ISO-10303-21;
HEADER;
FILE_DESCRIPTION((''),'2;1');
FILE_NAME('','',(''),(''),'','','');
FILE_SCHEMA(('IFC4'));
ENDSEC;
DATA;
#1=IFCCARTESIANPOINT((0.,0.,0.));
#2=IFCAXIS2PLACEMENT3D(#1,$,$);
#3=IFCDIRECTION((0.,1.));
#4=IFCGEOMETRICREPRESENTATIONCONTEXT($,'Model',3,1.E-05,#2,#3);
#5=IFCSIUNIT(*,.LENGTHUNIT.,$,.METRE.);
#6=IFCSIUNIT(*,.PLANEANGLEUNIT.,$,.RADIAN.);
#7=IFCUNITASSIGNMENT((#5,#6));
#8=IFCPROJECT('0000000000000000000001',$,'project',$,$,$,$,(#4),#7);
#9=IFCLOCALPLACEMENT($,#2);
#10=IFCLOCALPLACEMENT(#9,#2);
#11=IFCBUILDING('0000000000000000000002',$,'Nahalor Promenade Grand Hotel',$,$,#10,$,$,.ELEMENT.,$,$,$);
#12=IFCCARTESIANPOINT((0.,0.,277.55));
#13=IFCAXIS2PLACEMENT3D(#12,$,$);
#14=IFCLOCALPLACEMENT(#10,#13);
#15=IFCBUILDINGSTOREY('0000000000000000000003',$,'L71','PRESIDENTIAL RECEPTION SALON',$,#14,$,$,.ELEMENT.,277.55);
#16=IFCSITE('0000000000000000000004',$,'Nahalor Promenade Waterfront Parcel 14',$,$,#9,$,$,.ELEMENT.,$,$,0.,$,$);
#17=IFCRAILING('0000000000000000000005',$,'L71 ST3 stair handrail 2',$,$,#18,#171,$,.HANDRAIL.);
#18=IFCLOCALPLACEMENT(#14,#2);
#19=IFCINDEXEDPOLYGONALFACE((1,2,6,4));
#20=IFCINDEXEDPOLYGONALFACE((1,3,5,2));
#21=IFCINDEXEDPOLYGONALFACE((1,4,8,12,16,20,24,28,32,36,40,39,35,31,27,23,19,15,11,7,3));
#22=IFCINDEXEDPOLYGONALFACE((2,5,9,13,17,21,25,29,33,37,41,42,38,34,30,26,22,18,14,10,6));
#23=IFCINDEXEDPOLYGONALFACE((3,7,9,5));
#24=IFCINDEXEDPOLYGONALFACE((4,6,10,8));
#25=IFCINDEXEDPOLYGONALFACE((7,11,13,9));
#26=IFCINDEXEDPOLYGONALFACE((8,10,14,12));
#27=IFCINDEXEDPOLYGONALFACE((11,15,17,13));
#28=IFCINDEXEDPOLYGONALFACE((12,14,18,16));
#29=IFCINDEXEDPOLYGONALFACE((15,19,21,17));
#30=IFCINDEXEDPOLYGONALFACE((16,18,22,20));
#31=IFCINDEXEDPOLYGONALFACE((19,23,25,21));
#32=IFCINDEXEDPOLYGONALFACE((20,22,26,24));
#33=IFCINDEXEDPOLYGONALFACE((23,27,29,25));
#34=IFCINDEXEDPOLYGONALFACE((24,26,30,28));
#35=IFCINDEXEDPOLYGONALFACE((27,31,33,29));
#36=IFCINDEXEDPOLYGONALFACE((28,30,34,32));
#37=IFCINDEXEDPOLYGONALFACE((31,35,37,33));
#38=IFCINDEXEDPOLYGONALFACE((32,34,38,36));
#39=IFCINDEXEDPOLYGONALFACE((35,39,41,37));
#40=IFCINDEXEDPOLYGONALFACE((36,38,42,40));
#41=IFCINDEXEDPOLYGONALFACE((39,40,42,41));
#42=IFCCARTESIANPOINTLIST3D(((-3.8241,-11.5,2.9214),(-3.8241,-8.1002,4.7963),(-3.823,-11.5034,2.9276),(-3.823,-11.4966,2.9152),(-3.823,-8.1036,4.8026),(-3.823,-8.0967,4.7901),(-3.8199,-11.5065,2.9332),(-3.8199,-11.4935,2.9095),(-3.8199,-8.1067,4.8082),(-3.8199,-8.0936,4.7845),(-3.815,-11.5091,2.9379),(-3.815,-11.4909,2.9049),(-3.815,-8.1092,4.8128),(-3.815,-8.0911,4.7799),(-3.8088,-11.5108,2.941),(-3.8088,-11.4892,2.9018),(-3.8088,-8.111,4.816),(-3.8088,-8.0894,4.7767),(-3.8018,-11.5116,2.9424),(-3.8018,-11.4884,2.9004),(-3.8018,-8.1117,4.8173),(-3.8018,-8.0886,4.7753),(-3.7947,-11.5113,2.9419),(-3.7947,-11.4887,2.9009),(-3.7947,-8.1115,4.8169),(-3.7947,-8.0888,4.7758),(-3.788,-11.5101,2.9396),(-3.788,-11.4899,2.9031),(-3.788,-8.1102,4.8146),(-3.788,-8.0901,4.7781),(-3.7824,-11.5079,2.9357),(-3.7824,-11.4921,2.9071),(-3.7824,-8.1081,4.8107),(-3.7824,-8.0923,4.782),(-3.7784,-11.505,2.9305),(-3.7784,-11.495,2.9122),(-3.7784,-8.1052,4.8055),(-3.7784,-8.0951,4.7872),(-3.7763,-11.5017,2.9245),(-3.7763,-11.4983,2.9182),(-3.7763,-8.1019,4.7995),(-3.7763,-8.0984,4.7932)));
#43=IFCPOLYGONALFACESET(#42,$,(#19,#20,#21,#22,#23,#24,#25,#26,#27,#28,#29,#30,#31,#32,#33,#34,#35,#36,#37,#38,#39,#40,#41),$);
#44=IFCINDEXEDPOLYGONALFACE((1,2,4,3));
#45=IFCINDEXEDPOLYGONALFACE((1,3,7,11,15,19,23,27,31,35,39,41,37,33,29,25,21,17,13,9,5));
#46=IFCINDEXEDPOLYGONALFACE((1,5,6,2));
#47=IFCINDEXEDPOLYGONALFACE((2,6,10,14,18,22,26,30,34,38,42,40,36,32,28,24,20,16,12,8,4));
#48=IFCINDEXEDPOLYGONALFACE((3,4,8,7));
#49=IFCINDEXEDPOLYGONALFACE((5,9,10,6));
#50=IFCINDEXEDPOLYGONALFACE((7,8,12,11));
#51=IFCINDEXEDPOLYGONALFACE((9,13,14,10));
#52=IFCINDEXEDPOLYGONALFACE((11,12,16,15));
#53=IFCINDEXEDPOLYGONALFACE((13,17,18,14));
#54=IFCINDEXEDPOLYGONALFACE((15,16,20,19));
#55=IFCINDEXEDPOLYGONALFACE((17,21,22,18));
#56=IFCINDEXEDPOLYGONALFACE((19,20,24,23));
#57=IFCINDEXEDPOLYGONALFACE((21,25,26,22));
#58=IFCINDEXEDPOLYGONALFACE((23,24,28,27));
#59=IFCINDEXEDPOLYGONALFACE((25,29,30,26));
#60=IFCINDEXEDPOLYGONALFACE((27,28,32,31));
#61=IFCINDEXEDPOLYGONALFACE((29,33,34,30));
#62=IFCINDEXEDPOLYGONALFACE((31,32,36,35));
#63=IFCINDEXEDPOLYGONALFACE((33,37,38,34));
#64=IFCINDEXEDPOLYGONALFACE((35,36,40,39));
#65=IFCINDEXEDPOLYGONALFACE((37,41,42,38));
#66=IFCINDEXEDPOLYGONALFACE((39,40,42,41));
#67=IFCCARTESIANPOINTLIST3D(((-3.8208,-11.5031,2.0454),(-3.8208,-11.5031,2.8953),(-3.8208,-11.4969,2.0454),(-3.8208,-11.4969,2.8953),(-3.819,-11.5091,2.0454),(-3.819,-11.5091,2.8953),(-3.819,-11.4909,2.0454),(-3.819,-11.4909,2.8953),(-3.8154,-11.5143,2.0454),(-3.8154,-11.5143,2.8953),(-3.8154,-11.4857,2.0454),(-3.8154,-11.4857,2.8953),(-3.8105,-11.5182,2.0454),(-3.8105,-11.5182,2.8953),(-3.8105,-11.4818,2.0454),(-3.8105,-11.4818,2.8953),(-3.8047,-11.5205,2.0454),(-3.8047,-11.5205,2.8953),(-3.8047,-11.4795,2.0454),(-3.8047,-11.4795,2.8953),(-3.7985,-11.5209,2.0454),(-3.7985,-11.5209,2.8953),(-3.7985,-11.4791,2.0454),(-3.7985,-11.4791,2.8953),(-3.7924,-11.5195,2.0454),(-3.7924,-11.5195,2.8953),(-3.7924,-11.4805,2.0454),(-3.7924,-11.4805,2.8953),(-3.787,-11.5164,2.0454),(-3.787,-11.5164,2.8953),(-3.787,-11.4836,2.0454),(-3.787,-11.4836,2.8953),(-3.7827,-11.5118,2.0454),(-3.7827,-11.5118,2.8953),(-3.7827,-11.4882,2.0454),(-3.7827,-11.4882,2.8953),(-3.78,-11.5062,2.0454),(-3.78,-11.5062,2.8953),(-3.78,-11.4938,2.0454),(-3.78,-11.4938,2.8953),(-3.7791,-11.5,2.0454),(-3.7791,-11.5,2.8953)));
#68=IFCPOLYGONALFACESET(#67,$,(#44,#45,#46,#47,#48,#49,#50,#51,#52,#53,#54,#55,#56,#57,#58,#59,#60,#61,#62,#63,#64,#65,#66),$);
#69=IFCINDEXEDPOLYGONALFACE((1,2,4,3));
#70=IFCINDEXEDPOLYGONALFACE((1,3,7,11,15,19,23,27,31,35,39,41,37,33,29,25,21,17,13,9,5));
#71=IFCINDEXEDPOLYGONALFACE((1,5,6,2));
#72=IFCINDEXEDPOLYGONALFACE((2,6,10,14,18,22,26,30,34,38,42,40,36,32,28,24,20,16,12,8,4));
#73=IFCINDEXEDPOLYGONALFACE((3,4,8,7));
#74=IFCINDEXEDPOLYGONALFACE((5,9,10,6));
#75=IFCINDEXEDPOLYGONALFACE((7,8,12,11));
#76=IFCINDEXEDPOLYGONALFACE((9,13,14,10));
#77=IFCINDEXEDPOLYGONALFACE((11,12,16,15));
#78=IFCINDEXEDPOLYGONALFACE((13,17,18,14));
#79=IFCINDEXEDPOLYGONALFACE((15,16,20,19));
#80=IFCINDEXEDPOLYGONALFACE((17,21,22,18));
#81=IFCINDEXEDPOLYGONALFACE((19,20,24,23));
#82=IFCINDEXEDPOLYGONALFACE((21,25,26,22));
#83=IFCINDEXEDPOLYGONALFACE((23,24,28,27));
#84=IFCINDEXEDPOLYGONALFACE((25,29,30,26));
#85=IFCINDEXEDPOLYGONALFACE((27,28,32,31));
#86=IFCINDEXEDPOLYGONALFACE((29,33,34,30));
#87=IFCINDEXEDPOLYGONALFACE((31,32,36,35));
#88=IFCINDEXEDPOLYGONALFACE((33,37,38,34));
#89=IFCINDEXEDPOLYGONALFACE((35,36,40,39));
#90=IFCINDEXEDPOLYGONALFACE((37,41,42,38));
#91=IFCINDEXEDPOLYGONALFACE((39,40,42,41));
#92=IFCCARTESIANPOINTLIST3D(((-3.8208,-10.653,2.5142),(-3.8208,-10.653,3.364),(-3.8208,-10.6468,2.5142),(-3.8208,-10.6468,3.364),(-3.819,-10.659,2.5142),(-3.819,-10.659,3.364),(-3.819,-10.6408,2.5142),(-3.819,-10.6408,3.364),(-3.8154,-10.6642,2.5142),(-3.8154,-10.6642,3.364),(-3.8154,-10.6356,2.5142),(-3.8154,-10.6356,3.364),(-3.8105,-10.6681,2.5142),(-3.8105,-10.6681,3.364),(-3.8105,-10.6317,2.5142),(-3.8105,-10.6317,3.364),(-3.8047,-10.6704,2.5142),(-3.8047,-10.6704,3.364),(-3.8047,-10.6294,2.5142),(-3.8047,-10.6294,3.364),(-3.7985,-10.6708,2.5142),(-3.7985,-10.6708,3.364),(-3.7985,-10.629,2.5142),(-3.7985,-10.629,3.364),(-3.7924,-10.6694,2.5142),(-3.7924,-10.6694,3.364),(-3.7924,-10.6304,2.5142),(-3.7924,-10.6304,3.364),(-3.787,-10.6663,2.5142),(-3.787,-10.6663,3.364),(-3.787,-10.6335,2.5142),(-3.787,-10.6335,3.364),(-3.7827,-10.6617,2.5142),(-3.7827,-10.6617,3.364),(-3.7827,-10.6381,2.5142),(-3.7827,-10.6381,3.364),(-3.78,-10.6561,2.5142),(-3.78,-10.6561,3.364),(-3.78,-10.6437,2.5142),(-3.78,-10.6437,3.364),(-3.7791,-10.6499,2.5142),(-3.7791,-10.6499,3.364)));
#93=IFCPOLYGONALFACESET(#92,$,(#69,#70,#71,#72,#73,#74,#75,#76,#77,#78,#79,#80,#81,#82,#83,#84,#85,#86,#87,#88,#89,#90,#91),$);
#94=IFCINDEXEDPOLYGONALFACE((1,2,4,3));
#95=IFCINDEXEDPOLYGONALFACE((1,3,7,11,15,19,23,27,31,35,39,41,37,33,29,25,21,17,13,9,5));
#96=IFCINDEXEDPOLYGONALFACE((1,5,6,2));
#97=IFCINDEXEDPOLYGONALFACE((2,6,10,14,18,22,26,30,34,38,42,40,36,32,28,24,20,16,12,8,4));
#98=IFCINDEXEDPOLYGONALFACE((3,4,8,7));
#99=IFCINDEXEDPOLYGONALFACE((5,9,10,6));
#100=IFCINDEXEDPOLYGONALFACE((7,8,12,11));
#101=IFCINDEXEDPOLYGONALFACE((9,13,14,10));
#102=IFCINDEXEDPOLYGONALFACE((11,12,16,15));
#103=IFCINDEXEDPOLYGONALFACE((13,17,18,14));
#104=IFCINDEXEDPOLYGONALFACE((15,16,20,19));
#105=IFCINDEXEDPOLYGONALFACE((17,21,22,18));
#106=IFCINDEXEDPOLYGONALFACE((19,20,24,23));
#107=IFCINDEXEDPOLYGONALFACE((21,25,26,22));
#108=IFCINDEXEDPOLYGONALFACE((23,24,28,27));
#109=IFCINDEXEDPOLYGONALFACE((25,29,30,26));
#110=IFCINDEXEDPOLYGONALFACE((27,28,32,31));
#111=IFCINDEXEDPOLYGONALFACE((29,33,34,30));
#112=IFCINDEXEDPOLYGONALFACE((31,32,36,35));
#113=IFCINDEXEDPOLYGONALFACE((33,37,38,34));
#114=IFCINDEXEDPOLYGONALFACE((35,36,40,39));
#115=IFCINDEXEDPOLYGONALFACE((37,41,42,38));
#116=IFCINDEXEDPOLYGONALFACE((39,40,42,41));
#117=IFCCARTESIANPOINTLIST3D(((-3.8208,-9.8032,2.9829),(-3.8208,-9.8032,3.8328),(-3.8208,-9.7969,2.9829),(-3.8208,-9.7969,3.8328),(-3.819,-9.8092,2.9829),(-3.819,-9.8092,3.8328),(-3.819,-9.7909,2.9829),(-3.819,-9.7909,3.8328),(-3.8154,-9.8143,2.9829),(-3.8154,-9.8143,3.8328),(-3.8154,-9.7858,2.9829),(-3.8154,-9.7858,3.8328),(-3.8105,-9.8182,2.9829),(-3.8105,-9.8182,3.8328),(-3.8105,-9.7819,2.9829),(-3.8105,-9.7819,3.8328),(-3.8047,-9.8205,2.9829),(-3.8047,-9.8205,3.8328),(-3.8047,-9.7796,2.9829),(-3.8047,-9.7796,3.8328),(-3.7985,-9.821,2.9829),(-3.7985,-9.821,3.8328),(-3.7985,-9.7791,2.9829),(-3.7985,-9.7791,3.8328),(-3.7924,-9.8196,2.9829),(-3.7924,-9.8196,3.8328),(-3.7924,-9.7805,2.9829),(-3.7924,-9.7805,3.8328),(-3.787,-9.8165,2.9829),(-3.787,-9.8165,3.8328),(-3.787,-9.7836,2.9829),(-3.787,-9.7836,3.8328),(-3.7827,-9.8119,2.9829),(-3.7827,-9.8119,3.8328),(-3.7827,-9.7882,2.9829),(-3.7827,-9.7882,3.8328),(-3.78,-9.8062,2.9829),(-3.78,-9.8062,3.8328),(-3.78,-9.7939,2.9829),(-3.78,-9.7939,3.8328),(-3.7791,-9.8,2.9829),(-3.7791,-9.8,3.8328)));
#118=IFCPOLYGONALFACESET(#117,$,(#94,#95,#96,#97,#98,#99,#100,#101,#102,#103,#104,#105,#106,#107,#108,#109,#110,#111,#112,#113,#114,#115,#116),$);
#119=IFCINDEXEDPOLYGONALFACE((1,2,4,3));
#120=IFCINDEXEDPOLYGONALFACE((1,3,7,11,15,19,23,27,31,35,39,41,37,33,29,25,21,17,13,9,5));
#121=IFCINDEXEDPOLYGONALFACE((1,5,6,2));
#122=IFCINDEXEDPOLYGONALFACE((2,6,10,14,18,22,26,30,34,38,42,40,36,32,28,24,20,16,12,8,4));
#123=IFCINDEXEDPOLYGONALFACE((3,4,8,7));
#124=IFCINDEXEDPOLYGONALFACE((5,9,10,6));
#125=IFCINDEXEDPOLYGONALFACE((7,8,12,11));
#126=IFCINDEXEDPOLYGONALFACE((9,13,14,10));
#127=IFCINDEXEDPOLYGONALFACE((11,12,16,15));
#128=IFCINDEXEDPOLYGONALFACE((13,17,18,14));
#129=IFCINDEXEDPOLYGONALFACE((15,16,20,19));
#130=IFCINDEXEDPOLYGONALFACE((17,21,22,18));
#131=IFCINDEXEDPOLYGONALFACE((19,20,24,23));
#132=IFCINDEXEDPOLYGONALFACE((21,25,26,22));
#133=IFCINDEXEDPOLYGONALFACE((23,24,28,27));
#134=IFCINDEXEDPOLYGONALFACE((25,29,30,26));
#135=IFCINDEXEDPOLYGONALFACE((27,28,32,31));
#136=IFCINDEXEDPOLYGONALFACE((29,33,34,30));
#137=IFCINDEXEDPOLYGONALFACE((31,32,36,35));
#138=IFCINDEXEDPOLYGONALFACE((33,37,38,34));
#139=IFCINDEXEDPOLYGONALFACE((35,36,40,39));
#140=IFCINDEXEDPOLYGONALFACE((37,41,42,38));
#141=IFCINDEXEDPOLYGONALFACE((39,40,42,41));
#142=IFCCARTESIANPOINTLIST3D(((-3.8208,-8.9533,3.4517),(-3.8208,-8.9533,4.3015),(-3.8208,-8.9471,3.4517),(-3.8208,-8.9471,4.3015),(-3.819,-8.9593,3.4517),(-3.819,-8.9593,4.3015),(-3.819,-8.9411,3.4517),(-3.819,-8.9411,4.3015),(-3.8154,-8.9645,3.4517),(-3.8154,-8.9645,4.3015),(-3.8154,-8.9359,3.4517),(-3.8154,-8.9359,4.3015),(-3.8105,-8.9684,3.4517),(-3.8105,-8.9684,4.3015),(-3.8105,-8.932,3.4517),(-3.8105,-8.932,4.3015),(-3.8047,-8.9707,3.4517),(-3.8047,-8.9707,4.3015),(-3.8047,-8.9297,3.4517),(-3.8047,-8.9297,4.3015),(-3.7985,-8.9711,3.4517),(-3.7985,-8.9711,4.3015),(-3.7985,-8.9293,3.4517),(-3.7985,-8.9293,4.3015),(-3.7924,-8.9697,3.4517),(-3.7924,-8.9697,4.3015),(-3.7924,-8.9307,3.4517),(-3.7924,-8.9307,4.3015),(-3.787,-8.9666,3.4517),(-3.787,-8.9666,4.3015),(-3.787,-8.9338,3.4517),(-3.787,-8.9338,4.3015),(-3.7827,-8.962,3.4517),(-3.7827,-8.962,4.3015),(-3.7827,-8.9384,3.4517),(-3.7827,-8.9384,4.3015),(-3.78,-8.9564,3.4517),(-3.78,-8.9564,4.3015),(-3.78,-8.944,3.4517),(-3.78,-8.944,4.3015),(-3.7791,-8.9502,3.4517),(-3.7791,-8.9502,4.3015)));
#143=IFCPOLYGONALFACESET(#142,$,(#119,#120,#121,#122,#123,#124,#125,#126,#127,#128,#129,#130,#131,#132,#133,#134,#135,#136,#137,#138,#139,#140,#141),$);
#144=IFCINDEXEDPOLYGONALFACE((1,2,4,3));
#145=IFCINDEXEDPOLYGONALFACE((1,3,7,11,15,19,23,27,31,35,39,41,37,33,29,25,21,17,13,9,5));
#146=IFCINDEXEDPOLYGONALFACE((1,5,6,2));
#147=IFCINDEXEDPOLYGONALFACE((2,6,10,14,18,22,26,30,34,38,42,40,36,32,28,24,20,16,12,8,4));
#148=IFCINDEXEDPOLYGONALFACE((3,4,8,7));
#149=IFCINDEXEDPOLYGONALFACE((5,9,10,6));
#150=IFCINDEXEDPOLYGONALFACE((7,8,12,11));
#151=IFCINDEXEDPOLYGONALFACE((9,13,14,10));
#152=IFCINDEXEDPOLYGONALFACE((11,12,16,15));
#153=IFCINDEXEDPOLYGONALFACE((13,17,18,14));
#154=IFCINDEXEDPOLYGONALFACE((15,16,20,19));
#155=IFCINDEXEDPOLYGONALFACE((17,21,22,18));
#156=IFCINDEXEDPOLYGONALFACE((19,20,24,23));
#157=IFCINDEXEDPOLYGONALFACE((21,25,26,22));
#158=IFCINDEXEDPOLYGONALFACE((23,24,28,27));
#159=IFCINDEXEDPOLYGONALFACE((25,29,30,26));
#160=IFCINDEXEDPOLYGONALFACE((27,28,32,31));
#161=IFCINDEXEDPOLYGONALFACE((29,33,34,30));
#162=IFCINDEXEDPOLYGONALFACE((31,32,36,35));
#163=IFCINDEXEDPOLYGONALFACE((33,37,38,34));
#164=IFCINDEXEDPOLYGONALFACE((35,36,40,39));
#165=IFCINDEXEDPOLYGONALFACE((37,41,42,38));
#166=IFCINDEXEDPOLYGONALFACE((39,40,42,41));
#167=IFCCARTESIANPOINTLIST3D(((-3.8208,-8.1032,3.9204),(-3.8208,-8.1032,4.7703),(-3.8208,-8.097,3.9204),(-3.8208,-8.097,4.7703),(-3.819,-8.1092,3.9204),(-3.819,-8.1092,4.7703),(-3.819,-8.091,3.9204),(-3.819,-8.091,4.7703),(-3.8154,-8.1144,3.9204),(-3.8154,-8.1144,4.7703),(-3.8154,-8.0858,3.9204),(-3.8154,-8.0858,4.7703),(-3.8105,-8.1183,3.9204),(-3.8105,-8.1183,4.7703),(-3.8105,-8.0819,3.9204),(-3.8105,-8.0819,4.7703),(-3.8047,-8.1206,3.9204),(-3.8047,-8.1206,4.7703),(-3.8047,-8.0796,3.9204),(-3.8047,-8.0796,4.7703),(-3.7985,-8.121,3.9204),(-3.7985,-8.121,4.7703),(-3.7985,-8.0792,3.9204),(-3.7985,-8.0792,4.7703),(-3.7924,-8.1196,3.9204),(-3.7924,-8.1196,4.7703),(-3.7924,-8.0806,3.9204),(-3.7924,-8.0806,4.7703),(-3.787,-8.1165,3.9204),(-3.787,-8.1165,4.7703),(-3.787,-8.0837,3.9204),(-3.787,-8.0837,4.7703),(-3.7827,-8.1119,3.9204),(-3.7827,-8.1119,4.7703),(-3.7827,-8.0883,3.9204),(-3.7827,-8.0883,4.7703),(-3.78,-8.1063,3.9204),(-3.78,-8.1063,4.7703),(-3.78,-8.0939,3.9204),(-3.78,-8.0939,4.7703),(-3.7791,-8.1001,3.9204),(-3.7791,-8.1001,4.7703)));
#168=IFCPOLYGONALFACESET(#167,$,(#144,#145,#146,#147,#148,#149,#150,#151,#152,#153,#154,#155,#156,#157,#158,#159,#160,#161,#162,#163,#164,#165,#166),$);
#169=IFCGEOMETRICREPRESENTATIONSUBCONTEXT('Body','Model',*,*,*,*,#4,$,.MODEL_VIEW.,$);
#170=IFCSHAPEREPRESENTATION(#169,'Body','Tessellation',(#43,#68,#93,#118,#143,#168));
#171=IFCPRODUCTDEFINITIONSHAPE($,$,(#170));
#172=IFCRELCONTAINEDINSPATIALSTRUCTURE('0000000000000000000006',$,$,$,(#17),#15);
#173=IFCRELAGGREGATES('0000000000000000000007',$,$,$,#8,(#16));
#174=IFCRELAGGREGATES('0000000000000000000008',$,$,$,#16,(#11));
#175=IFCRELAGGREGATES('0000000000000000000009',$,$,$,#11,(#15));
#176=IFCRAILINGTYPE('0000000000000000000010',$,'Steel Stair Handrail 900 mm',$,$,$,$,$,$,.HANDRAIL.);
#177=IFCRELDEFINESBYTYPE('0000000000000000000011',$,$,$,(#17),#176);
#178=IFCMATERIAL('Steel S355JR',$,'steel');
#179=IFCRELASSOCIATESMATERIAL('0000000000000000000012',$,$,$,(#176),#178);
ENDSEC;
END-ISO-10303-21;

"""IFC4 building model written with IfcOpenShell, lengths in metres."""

from ifc_helpers import new_model, si_unit, direction, frame, origin, origin_2d, place, context, subcontext, project, spatial, circle, extrude, material, type_object, element, save


model = new_model("IFC4")

# Units and contexts
model_context = context("Model", 3, precision=1e-05, world=origin(), true_north=direction((0.0, 1.0)))
body_context = subcontext(model_context, "Body", "Model", "MODEL_VIEW")
ifc_project = project(units=[si_unit("LENGTHUNIT", "METRE"), si_unit("PLANEANGLEUNIT", "RADIAN")], contexts=[model_context])

# Site, building, storey
site_placement = place(None, origin())
site = spatial("IfcSite", under=ifc_project, at=site_placement, Name="Nahalor Promenade Waterfront Parcel 14", CompositionType="ELEMENT", RefElevation=0.0)
building_placement = place(site_placement, origin())
building = spatial("IfcBuilding", under=site, at=building_placement, Name="Nahalor Promenade Grand Hotel", CompositionType="ELEMENT")
storey_placement = place(building_placement, frame((0.0, 0.0, 277.55)))
storey = spatial("IfcBuildingStorey", under=building, at=storey_placement, Name="L71", Description="PRESIDENTIAL RECEPTION SALON", CompositionType="ELEMENT", Elevation=277.55)

# Shared definitions
ifc_material_1 = material(Name="Steel S355JR", Category="steel")

# Railing
railing_type_1 = type_object("IfcRailingType", Name="Steel Stair Handrail 900 mm", PredefinedType="HANDRAIL", material=ifc_material_1)
railing_1_placement = place(storey_placement, frame((-3.8, -11.5, 2.0454)))
element("IfcRailing", 1, at=railing_1_placement, inside=storey, type_object=railing_type_1, Name="L71 ST3 stair handrail 2", PredefinedType="HANDRAIL", context=body_context, shape_type="SweptSolid", body=[
    extrude(circle(Radius=0.024, at=origin_2d()), frame((0.0, 0.0, 0.876), z_axis=(0.0, 0.875666, 0.482918), x_axis=(-1.0, 0.0, 0.0)), (0.0, 0.0, 1.0), 3.8826),
    extrude(circle(Radius=0.021, at=origin_2d()), origin(), (0.0, 0.0, 1.0), 0.8499),
    extrude(circle(Radius=0.021, at=origin_2d()), frame((0.0, 0.8501, 0.4688)), (0.0, 0.0, 1.0), 0.8499),
    extrude(circle(Radius=0.021, at=origin_2d()), frame((0.0, 1.7, 0.9375)), (0.0, 0.0, 1.0), 0.8499),
    extrude(circle(Radius=0.021, at=origin_2d()), frame((0.0, 2.5498, 1.4062)), (0.0, 0.0, 1.0), 0.8499),
    extrude(circle(Radius=0.021, at=origin_2d()), frame((0.0, 3.3999, 1.875)), (0.0, 0.0, 1.0), 0.8499),
])

save(model, "model.ifc")
